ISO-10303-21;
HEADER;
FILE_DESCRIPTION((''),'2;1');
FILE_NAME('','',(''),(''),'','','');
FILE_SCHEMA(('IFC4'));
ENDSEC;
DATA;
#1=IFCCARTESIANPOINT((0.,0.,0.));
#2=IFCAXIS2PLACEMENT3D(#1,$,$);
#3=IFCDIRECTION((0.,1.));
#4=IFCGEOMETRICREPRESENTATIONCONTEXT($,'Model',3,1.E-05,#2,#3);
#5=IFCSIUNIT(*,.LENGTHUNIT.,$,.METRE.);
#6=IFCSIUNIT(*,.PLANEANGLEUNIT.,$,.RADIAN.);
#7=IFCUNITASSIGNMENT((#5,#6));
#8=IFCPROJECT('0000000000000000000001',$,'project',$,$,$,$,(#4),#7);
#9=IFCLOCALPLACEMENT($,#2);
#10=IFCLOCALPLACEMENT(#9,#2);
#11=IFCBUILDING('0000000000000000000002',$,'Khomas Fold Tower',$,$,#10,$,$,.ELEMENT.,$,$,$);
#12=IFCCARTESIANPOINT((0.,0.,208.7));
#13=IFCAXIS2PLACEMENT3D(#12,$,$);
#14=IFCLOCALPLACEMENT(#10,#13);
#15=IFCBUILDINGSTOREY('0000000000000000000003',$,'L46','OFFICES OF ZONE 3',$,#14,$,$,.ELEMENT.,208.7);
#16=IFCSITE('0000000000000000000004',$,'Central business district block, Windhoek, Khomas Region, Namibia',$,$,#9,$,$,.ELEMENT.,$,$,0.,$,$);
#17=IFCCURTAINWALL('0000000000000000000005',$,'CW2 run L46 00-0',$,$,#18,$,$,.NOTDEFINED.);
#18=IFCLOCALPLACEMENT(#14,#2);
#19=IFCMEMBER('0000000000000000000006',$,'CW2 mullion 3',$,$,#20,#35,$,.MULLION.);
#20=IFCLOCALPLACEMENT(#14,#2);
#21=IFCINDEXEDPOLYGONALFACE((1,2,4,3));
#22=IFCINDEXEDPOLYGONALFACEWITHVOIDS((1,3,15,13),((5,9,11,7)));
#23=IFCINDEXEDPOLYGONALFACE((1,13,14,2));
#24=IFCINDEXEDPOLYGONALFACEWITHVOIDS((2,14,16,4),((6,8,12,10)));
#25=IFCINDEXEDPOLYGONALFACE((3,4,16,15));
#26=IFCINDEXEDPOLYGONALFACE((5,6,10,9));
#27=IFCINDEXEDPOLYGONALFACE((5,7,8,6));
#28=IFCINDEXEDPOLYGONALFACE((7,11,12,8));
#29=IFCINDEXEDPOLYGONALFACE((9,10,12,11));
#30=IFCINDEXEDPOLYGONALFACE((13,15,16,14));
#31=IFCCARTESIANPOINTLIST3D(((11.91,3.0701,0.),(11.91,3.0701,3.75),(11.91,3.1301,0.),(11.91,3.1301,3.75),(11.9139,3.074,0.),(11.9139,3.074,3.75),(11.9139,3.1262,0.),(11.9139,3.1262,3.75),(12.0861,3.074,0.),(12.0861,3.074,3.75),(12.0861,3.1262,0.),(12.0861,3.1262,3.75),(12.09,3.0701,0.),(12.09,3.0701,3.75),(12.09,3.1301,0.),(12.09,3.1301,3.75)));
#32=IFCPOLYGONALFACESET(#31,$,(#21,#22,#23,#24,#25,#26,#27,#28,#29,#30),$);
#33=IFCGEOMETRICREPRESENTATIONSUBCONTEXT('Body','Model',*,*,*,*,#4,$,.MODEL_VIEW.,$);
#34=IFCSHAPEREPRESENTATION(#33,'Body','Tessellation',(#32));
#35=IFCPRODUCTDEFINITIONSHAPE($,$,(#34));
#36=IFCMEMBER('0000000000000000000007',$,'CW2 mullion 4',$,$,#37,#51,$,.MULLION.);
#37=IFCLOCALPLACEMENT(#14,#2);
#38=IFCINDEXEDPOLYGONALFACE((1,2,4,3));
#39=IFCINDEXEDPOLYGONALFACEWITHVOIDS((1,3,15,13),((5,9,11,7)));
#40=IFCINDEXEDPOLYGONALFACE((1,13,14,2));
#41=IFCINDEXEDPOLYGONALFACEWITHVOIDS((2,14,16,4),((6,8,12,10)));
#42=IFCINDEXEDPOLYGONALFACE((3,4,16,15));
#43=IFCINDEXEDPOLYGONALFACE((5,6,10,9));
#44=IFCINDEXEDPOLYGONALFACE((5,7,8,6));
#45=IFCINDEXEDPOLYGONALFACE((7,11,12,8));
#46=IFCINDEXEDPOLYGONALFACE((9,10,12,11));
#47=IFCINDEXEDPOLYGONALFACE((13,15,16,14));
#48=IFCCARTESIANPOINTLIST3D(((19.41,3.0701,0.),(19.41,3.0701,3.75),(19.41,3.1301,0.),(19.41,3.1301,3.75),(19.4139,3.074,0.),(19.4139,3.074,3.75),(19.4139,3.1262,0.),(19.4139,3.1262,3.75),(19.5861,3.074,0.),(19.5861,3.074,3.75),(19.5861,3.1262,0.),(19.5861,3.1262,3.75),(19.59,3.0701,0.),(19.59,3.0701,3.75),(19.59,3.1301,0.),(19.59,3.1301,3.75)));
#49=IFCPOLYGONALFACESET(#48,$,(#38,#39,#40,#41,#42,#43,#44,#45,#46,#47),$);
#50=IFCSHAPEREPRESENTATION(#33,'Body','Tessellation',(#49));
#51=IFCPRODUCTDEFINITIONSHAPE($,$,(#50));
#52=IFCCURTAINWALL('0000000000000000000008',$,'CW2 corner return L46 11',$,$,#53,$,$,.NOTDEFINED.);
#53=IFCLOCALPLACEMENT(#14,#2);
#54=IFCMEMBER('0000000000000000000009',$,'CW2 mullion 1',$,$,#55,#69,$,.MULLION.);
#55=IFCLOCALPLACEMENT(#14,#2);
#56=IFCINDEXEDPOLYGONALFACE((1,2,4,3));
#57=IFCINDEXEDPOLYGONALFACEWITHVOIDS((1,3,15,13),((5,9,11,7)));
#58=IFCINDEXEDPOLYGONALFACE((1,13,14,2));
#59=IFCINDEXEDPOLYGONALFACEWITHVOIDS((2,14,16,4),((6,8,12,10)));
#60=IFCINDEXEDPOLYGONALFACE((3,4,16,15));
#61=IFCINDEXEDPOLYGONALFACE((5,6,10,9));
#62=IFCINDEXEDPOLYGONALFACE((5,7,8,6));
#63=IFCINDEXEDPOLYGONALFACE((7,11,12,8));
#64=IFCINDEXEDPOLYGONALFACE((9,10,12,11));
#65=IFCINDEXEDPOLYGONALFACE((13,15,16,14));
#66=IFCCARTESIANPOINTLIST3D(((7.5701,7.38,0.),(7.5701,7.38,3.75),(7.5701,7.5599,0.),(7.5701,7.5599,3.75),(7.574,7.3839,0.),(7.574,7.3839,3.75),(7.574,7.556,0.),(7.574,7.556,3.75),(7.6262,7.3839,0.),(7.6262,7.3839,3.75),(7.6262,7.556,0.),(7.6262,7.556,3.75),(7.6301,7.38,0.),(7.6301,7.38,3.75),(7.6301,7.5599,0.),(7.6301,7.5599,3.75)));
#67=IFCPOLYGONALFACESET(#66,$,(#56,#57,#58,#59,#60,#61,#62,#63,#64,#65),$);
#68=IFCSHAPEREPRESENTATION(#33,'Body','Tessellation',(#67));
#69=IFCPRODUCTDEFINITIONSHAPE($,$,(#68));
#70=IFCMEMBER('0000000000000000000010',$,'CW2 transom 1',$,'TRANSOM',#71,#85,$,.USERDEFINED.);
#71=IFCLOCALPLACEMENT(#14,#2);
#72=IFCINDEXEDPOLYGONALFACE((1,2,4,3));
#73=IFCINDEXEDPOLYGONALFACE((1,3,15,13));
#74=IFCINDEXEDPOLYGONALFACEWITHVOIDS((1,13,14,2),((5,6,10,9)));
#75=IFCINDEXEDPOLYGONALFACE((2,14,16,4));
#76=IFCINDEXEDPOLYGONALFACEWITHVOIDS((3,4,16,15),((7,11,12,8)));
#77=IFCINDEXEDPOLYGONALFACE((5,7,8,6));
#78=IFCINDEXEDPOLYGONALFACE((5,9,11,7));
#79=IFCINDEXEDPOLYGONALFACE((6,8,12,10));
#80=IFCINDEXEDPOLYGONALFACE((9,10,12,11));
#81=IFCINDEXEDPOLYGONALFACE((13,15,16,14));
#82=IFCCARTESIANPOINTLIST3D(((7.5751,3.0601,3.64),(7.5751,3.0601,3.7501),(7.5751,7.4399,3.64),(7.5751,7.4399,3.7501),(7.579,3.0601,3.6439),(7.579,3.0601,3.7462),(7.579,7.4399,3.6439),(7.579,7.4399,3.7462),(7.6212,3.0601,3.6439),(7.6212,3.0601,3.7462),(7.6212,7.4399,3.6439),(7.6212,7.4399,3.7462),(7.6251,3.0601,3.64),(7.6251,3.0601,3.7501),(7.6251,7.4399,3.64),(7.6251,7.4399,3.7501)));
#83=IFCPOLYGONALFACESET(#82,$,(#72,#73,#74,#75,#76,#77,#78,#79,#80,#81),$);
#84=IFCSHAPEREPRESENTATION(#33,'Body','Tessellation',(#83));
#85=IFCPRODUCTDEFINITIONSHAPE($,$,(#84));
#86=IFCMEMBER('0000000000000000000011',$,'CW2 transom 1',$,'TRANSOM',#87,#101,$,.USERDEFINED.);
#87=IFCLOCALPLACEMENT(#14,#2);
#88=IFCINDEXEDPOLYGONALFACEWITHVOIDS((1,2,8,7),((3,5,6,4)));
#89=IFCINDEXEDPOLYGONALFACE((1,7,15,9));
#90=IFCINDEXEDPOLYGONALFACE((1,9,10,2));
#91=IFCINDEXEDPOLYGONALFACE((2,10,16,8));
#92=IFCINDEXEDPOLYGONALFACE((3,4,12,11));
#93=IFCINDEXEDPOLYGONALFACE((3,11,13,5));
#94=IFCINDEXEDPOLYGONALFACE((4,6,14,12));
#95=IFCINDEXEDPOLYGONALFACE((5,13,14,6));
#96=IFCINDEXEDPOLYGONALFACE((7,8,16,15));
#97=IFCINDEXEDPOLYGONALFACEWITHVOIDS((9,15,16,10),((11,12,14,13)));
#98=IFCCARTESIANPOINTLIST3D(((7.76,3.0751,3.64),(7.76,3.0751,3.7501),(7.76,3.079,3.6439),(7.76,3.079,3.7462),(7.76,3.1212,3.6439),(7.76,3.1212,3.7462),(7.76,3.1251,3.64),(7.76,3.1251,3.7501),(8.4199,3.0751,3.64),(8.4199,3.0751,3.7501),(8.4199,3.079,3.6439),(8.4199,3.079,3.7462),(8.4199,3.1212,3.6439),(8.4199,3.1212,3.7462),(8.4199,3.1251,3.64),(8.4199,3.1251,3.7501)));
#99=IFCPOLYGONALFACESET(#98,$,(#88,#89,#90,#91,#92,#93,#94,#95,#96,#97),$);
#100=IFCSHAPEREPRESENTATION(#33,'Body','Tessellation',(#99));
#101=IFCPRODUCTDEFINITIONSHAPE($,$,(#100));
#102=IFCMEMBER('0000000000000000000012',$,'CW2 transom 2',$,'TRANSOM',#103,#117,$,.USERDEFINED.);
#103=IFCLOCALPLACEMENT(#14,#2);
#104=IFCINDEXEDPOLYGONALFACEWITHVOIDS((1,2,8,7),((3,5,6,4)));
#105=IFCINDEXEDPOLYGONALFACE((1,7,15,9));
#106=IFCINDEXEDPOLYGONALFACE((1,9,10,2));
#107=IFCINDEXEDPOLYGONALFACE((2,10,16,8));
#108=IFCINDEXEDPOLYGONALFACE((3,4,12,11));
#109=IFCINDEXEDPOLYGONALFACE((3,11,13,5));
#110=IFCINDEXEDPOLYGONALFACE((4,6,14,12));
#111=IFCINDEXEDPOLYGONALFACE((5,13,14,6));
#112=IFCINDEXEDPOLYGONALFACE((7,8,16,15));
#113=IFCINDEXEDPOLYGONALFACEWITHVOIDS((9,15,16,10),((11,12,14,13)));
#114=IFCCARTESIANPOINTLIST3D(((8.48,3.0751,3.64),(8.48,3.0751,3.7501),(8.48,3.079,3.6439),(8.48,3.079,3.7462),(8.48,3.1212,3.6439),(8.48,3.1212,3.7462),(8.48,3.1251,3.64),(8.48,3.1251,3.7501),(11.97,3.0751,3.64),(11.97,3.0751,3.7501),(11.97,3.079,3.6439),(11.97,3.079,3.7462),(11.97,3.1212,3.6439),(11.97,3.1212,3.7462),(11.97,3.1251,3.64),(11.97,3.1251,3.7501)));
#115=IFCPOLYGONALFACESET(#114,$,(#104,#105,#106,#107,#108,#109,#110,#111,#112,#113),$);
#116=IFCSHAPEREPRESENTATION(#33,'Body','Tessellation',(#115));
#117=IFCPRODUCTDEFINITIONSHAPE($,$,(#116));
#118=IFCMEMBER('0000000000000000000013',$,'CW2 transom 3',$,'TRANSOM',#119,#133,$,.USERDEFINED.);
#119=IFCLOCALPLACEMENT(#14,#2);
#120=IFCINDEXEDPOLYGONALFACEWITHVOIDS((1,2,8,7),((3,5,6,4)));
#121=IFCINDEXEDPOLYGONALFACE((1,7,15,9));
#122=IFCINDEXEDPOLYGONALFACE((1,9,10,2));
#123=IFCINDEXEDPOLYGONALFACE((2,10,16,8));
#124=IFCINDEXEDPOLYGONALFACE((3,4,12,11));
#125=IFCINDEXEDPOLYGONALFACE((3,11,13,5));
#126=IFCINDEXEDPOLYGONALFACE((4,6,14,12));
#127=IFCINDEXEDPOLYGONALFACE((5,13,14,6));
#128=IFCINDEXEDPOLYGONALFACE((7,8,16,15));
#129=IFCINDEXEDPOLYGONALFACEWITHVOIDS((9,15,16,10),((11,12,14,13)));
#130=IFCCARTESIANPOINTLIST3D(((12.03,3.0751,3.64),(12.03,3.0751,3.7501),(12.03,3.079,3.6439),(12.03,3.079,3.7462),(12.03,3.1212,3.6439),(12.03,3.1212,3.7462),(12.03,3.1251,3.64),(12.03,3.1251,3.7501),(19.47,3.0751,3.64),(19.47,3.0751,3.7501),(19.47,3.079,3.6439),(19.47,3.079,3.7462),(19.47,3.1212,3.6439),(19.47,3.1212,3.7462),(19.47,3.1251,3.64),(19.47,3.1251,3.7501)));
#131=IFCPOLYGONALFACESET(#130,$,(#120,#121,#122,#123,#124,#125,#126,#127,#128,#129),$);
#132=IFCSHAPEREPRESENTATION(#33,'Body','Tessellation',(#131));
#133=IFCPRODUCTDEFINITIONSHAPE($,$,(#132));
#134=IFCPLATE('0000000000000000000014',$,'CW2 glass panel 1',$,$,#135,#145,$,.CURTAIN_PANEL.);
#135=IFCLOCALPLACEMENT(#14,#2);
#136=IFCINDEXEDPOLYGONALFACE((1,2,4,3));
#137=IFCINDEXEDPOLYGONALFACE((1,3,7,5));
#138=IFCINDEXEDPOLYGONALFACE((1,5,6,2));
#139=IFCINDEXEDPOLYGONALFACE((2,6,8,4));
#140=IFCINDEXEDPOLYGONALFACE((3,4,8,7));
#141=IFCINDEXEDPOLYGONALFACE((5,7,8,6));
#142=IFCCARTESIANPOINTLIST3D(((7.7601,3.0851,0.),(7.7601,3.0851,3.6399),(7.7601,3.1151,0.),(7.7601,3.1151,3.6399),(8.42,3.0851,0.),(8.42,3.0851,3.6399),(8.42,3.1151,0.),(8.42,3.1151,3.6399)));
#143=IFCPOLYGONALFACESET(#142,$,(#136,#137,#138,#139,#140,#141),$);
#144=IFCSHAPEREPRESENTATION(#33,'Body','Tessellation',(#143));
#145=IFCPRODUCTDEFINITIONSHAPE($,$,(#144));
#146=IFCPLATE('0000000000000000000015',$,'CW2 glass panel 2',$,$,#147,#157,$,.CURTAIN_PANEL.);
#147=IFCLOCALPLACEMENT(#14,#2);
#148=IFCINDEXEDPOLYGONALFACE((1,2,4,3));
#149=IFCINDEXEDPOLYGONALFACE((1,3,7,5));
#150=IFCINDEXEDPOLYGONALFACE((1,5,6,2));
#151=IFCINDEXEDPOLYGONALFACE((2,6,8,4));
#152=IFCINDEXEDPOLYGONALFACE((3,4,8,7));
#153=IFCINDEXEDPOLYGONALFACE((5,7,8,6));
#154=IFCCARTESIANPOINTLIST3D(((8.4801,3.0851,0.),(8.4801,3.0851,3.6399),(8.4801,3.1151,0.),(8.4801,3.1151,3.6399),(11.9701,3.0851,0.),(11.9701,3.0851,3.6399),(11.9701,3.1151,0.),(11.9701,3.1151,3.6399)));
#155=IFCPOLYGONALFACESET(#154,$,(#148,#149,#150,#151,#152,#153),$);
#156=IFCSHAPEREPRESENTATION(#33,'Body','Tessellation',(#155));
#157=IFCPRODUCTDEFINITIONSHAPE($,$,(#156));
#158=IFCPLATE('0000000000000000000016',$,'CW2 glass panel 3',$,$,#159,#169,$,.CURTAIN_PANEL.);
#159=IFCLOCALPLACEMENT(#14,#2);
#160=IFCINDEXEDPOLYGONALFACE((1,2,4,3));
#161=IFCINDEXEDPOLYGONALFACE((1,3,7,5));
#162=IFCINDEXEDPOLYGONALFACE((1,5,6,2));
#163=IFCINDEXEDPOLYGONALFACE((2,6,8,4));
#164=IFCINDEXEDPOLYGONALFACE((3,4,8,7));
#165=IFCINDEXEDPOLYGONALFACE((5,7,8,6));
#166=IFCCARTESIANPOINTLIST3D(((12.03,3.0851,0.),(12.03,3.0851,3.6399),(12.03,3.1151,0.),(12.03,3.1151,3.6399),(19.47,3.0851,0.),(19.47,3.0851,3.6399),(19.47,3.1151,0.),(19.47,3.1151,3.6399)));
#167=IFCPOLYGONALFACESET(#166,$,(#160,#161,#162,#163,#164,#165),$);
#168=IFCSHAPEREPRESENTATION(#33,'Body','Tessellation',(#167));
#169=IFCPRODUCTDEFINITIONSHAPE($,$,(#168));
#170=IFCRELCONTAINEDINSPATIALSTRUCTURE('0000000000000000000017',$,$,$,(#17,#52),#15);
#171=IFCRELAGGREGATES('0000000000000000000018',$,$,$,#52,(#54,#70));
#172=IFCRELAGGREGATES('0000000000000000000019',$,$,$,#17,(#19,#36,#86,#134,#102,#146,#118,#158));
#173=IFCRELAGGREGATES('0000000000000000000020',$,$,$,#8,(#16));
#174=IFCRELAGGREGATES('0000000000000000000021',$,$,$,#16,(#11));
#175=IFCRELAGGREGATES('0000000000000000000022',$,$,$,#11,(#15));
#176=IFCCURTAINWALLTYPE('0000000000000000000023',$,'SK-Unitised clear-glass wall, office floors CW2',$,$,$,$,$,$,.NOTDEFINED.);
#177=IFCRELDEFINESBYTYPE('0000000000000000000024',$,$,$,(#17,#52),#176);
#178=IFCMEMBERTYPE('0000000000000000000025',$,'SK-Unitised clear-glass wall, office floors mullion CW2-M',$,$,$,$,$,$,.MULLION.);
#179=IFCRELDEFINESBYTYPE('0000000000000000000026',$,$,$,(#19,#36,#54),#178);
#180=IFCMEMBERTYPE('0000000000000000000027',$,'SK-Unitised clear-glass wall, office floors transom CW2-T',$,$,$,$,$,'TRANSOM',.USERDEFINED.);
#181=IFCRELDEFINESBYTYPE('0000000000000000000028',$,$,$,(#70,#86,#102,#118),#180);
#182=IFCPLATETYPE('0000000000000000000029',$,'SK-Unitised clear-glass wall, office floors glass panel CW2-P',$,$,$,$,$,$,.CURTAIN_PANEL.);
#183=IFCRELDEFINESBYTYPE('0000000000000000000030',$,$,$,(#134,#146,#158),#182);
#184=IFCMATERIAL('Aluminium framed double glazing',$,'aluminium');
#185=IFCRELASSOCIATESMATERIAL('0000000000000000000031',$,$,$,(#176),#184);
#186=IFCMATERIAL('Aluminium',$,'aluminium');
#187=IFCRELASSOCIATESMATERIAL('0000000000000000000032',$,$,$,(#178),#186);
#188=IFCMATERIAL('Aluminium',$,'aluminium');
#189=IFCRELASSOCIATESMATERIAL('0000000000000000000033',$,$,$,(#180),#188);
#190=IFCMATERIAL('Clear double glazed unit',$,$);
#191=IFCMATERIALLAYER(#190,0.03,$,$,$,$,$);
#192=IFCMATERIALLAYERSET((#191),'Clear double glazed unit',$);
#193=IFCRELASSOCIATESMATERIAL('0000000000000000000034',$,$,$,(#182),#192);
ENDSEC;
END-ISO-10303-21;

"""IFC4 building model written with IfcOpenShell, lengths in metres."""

from ifc_helpers import new_model, si_unit, direction, frame, origin, origin_2d, place, context, subcontext, project, spatial, rectangle, hollow_rectangle, extrude, source, transform, mapped, material, layer, layer_set, material_profile, profile_set, type_object, element, aggregate, save


model = new_model("IFC4")

# Units and contexts
model_context = context("Model", 3, precision=1e-05, world=origin(), true_north=direction((0.0, 1.0)))
body_context = subcontext(model_context, "Body", "Model", "MODEL_VIEW")
ifc_project = project(units=[si_unit("LENGTHUNIT", "METRE"), si_unit("PLANEANGLEUNIT", "RADIAN")], contexts=[model_context])

# Site, building, storey
site_placement = place(None, origin())
site = spatial("IfcSite", under=ifc_project, at=site_placement, Name="Central business district block, Windhoek, Khomas Region, Namibia", CompositionType="ELEMENT", RefElevation=0.0)
building_placement = place(site_placement, origin())
building = spatial("IfcBuilding", under=site, at=building_placement, Name="Khomas Fold Tower", CompositionType="ELEMENT")
storey_placement = place(building_placement, frame((0.0, 0.0, 208.7)))
storey = spatial("IfcBuildingStorey", under=building, at=storey_placement, Name="L46", Description="OFFICES OF ZONE 3", CompositionType="ELEMENT", Elevation=208.7)

# Curtain walls, members
ifc_material_1 = material(Name="Aluminium framed double glazing", Category="aluminium")
curtain_wall_type = type_object("IfcCurtainWallType", Name="SK-Unitised clear-glass wall, office floors CW2", PredefinedType="NOTDEFINED", material=ifc_material_1)
curtain_wall_1_placement = place(storey_placement, origin())
curtain_wall_1 = element("IfcCurtainWall", 1, at=curtain_wall_1_placement, inside=storey, type_object=curtain_wall_type, Name="CW2 run L46 00-0", PredefinedType="NOTDEFINED")
ifc_material_2 = material(Name="Aluminium", Category="aluminium")
ifc_material_profile_1 = material_profile(ifc_material_2, hollow_rectangle(XDim=0.0601, YDim=0.1799, WallThickness=0.0039, at=origin_2d()), Name="SK-Unitised clear-glass wall, office floors mullion CW2-M")
ifc_profile_set_1 = profile_set([ifc_material_profile_1], Name="Aluminium")
member_type_1 = type_object("IfcMemberType", Name="SK-Unitised clear-glass wall, office floors mullion CW2-M", PredefinedType="MULLION", material=ifc_profile_set_1)
shared_shape_1 = source(origin(), body_context, "Body", "SweptSolid", [
    extrude(hollow_rectangle(XDim=0.0601, YDim=0.1799, WallThickness=0.0039, at=origin_2d()), origin(), (0.0, 0.0, 1.0), 3.75),
])
member_1_placement = place(storey_placement, frame((12.0, 3.1001, 0.0), z_axis=(0.0, 0.0, 1.0), x_axis=(0.0, 1.0, 0.0)))
member_1 = element("IfcMember", 2, at=member_1_placement, type_object=member_type_1, Name="CW2 mullion 3", PredefinedType="MULLION", context=body_context, shape_type="MappedRepresentation", body=[
    mapped(shared_shape_1, transform((0.0, 0.0, 0.0))),
])
member_2_placement = place(storey_placement, frame((19.5, 3.1001, 0.0), z_axis=(0.0, 0.0, 1.0), x_axis=(0.0, 1.0, 0.0)))
member_2 = element("IfcMember", 3, at=member_2_placement, type_object=member_type_1, Name="CW2 mullion 4", PredefinedType="MULLION", context=body_context, shape_type="MappedRepresentation", body=[
    mapped(shared_shape_1, transform((0.0, 0.0, 0.0))),
])
curtain_wall_2_placement = place(storey_placement, origin())
curtain_wall_2 = element("IfcCurtainWall", 4, at=curtain_wall_2_placement, inside=storey, type_object=curtain_wall_type, Name="CW2 corner return L46 11", PredefinedType="NOTDEFINED")
member_3_placement = place(storey_placement, frame((7.6001, 7.47, 0.0), z_axis=(0.0, 0.0, 1.0), x_axis=(1.0, 0.0, 0.0)))
member_3 = element("IfcMember", 5, at=member_3_placement, type_object=member_type_1, Name="CW2 mullion 1", PredefinedType="MULLION", context=body_context, shape_type="MappedRepresentation", body=[
    mapped(shared_shape_1, transform((0.0, 0.0, 0.0))),
])
ifc_material_3 = material(Name="Aluminium", Category="aluminium")
ifc_material_profile_2 = material_profile(ifc_material_3, hollow_rectangle(XDim=0.05, YDim=0.1101, WallThickness=0.0039, at=origin_2d()), Name="SK-Unitised clear-glass wall, office floors transom CW2-T")
ifc_profile_set_2 = profile_set([ifc_material_profile_2], Name="Aluminium")
member_type_2 = type_object("IfcMemberType", Name="SK-Unitised clear-glass wall, office floors transom CW2-T", ElementType="TRANSOM", PredefinedType="USERDEFINED", material=ifc_profile_set_2)
shared_shape_2 = source(origin(), body_context, "Body", "SweptSolid", [
    extrude(hollow_rectangle(XDim=0.05, YDim=0.1101, WallThickness=0.0039, at=origin_2d()), origin(), (0.0, 0.0, 1.0), 4.3799),
])
member_4_placement = place(storey_placement, frame((7.6001, 7.4399, 3.6951), z_axis=(0.0, -1.0, 0.0), x_axis=(1.0, 0.0, 0.0)))
member_4 = element("IfcMember", 6, at=member_4_placement, type_object=member_type_2, Name="CW2 transom 1", ObjectType="TRANSOM", PredefinedType="USERDEFINED", context=body_context, shape_type="MappedRepresentation", body=[
    mapped(shared_shape_2, transform((0.0, 0.0, 0.0))),
])
aggregate(curtain_wall_2, [member_3, member_4])

# Members
shared_shape_3 = source(origin(), body_context, "Body", "SweptSolid", [
    extrude(hollow_rectangle(XDim=0.05, YDim=0.1101, WallThickness=0.0039, at=origin_2d()), origin(), (0.0, 0.0, 1.0), 0.6599),
])
member_5_placement = place(storey_placement, frame((7.76, 3.1001, 3.6951), z_axis=(1.0, 0.0, 0.0), x_axis=(0.0, 1.0, 0.0)))
member_5 = element("IfcMember", 7, at=member_5_placement, type_object=member_type_2, Name="CW2 transom 1", ObjectType="TRANSOM", PredefinedType="USERDEFINED", context=body_context, shape_type="MappedRepresentation", body=[
    mapped(shared_shape_3, transform((0.0, 0.0, 0.0))),
])
shared_shape_4 = source(origin(), body_context, "Body", "SweptSolid", [
    extrude(hollow_rectangle(XDim=0.05, YDim=0.1101, WallThickness=0.0039, at=origin_2d()), origin(), (0.0, 0.0, 1.0), 3.49),
])
member_6_placement = place(storey_placement, frame((8.48, 3.1001, 3.6951), z_axis=(1.0, 0.0, 0.0), x_axis=(0.0, 1.0, 0.0)))
member_6 = element("IfcMember", 8, at=member_6_placement, type_object=member_type_2, Name="CW2 transom 2", ObjectType="TRANSOM", PredefinedType="USERDEFINED", context=body_context, shape_type="MappedRepresentation", body=[
    mapped(shared_shape_4, transform((0.0, 0.0, 0.0))),
])
shared_shape_5 = source(origin(), body_context, "Body", "SweptSolid", [
    extrude(hollow_rectangle(XDim=0.05, YDim=0.1101, WallThickness=0.0039, at=origin_2d()), origin(), (0.0, 0.0, 1.0), 7.4399),
])
member_7_placement = place(storey_placement, frame((12.03, 3.1001, 3.6951), z_axis=(1.0, 0.0, 0.0), x_axis=(0.0, 1.0, 0.0)))
member_7 = element("IfcMember", 9, at=member_7_placement, type_object=member_type_2, Name="CW2 transom 3", ObjectType="TRANSOM", PredefinedType="USERDEFINED", context=body_context, shape_type="MappedRepresentation", body=[
    mapped(shared_shape_5, transform((0.0, 0.0, 0.0))),
])

# Plates
ifc_material_4 = material(Name="Clear double glazed unit")
ifc_layer_1 = layer(ifc_material_4, 0.03)
ifc_layer_set_1 = layer_set([ifc_layer_1], Name="Clear double glazed unit")
plate_type = type_object("IfcPlateType", Name="SK-Unitised clear-glass wall, office floors glass panel CW2-P", PredefinedType="CURTAIN_PANEL", material=ifc_layer_set_1)
shared_shape_6 = source(origin(), body_context, "Body", "SweptSolid", [
    extrude(rectangle(XDim=0.6599, YDim=0.03, at=origin_2d()), origin(), (0.0, 0.0, 1.0), 3.6399),
])
plate_1_placement = place(storey_placement, frame((8.0901, 3.1001, 0.0), z_axis=(0.0, 0.0, 1.0), x_axis=(1.0, 0.0, 0.0)))
plate_1 = element("IfcPlate", 10, at=plate_1_placement, type_object=plate_type, Name="CW2 glass panel 1", PredefinedType="CURTAIN_PANEL", context=body_context, shape_type="MappedRepresentation", body=[
    mapped(shared_shape_6, transform((0.0, 0.0, 0.0))),
])
shared_shape_7 = source(origin(), body_context, "Body", "SweptSolid", [
    extrude(rectangle(XDim=3.49, YDim=0.03, at=origin_2d()), origin(), (0.0, 0.0, 1.0), 3.6399),
])
plate_2_placement = place(storey_placement, frame((10.2251, 3.1001, 0.0), z_axis=(0.0, 0.0, 1.0), x_axis=(1.0, 0.0, 0.0)))
plate_2 = element("IfcPlate", 11, at=plate_2_placement, type_object=plate_type, Name="CW2 glass panel 2", PredefinedType="CURTAIN_PANEL", context=body_context, shape_type="MappedRepresentation", body=[
    mapped(shared_shape_7, transform((0.0, 0.0, 0.0))),
])
shared_shape_8 = source(origin(), body_context, "Body", "SweptSolid", [
    extrude(rectangle(XDim=7.4399, YDim=0.03, at=origin_2d()), origin(), (0.0, 0.0, 1.0), 3.6399),
])
plate_3_placement = place(storey_placement, frame((15.75, 3.1001, 0.0), z_axis=(0.0, 0.0, 1.0), x_axis=(1.0, 0.0, 0.0)))
plate_3 = element("IfcPlate", 12, at=plate_3_placement, type_object=plate_type, Name="CW2 glass panel 3", PredefinedType="CURTAIN_PANEL", context=body_context, shape_type="MappedRepresentation", body=[
    mapped(shared_shape_8, transform((0.0, 0.0, 0.0))),
])
aggregate(curtain_wall_1, [member_1, member_2, member_5, plate_1, member_6, plate_2, member_7, plate_3])

save(model, "model.ifc")
